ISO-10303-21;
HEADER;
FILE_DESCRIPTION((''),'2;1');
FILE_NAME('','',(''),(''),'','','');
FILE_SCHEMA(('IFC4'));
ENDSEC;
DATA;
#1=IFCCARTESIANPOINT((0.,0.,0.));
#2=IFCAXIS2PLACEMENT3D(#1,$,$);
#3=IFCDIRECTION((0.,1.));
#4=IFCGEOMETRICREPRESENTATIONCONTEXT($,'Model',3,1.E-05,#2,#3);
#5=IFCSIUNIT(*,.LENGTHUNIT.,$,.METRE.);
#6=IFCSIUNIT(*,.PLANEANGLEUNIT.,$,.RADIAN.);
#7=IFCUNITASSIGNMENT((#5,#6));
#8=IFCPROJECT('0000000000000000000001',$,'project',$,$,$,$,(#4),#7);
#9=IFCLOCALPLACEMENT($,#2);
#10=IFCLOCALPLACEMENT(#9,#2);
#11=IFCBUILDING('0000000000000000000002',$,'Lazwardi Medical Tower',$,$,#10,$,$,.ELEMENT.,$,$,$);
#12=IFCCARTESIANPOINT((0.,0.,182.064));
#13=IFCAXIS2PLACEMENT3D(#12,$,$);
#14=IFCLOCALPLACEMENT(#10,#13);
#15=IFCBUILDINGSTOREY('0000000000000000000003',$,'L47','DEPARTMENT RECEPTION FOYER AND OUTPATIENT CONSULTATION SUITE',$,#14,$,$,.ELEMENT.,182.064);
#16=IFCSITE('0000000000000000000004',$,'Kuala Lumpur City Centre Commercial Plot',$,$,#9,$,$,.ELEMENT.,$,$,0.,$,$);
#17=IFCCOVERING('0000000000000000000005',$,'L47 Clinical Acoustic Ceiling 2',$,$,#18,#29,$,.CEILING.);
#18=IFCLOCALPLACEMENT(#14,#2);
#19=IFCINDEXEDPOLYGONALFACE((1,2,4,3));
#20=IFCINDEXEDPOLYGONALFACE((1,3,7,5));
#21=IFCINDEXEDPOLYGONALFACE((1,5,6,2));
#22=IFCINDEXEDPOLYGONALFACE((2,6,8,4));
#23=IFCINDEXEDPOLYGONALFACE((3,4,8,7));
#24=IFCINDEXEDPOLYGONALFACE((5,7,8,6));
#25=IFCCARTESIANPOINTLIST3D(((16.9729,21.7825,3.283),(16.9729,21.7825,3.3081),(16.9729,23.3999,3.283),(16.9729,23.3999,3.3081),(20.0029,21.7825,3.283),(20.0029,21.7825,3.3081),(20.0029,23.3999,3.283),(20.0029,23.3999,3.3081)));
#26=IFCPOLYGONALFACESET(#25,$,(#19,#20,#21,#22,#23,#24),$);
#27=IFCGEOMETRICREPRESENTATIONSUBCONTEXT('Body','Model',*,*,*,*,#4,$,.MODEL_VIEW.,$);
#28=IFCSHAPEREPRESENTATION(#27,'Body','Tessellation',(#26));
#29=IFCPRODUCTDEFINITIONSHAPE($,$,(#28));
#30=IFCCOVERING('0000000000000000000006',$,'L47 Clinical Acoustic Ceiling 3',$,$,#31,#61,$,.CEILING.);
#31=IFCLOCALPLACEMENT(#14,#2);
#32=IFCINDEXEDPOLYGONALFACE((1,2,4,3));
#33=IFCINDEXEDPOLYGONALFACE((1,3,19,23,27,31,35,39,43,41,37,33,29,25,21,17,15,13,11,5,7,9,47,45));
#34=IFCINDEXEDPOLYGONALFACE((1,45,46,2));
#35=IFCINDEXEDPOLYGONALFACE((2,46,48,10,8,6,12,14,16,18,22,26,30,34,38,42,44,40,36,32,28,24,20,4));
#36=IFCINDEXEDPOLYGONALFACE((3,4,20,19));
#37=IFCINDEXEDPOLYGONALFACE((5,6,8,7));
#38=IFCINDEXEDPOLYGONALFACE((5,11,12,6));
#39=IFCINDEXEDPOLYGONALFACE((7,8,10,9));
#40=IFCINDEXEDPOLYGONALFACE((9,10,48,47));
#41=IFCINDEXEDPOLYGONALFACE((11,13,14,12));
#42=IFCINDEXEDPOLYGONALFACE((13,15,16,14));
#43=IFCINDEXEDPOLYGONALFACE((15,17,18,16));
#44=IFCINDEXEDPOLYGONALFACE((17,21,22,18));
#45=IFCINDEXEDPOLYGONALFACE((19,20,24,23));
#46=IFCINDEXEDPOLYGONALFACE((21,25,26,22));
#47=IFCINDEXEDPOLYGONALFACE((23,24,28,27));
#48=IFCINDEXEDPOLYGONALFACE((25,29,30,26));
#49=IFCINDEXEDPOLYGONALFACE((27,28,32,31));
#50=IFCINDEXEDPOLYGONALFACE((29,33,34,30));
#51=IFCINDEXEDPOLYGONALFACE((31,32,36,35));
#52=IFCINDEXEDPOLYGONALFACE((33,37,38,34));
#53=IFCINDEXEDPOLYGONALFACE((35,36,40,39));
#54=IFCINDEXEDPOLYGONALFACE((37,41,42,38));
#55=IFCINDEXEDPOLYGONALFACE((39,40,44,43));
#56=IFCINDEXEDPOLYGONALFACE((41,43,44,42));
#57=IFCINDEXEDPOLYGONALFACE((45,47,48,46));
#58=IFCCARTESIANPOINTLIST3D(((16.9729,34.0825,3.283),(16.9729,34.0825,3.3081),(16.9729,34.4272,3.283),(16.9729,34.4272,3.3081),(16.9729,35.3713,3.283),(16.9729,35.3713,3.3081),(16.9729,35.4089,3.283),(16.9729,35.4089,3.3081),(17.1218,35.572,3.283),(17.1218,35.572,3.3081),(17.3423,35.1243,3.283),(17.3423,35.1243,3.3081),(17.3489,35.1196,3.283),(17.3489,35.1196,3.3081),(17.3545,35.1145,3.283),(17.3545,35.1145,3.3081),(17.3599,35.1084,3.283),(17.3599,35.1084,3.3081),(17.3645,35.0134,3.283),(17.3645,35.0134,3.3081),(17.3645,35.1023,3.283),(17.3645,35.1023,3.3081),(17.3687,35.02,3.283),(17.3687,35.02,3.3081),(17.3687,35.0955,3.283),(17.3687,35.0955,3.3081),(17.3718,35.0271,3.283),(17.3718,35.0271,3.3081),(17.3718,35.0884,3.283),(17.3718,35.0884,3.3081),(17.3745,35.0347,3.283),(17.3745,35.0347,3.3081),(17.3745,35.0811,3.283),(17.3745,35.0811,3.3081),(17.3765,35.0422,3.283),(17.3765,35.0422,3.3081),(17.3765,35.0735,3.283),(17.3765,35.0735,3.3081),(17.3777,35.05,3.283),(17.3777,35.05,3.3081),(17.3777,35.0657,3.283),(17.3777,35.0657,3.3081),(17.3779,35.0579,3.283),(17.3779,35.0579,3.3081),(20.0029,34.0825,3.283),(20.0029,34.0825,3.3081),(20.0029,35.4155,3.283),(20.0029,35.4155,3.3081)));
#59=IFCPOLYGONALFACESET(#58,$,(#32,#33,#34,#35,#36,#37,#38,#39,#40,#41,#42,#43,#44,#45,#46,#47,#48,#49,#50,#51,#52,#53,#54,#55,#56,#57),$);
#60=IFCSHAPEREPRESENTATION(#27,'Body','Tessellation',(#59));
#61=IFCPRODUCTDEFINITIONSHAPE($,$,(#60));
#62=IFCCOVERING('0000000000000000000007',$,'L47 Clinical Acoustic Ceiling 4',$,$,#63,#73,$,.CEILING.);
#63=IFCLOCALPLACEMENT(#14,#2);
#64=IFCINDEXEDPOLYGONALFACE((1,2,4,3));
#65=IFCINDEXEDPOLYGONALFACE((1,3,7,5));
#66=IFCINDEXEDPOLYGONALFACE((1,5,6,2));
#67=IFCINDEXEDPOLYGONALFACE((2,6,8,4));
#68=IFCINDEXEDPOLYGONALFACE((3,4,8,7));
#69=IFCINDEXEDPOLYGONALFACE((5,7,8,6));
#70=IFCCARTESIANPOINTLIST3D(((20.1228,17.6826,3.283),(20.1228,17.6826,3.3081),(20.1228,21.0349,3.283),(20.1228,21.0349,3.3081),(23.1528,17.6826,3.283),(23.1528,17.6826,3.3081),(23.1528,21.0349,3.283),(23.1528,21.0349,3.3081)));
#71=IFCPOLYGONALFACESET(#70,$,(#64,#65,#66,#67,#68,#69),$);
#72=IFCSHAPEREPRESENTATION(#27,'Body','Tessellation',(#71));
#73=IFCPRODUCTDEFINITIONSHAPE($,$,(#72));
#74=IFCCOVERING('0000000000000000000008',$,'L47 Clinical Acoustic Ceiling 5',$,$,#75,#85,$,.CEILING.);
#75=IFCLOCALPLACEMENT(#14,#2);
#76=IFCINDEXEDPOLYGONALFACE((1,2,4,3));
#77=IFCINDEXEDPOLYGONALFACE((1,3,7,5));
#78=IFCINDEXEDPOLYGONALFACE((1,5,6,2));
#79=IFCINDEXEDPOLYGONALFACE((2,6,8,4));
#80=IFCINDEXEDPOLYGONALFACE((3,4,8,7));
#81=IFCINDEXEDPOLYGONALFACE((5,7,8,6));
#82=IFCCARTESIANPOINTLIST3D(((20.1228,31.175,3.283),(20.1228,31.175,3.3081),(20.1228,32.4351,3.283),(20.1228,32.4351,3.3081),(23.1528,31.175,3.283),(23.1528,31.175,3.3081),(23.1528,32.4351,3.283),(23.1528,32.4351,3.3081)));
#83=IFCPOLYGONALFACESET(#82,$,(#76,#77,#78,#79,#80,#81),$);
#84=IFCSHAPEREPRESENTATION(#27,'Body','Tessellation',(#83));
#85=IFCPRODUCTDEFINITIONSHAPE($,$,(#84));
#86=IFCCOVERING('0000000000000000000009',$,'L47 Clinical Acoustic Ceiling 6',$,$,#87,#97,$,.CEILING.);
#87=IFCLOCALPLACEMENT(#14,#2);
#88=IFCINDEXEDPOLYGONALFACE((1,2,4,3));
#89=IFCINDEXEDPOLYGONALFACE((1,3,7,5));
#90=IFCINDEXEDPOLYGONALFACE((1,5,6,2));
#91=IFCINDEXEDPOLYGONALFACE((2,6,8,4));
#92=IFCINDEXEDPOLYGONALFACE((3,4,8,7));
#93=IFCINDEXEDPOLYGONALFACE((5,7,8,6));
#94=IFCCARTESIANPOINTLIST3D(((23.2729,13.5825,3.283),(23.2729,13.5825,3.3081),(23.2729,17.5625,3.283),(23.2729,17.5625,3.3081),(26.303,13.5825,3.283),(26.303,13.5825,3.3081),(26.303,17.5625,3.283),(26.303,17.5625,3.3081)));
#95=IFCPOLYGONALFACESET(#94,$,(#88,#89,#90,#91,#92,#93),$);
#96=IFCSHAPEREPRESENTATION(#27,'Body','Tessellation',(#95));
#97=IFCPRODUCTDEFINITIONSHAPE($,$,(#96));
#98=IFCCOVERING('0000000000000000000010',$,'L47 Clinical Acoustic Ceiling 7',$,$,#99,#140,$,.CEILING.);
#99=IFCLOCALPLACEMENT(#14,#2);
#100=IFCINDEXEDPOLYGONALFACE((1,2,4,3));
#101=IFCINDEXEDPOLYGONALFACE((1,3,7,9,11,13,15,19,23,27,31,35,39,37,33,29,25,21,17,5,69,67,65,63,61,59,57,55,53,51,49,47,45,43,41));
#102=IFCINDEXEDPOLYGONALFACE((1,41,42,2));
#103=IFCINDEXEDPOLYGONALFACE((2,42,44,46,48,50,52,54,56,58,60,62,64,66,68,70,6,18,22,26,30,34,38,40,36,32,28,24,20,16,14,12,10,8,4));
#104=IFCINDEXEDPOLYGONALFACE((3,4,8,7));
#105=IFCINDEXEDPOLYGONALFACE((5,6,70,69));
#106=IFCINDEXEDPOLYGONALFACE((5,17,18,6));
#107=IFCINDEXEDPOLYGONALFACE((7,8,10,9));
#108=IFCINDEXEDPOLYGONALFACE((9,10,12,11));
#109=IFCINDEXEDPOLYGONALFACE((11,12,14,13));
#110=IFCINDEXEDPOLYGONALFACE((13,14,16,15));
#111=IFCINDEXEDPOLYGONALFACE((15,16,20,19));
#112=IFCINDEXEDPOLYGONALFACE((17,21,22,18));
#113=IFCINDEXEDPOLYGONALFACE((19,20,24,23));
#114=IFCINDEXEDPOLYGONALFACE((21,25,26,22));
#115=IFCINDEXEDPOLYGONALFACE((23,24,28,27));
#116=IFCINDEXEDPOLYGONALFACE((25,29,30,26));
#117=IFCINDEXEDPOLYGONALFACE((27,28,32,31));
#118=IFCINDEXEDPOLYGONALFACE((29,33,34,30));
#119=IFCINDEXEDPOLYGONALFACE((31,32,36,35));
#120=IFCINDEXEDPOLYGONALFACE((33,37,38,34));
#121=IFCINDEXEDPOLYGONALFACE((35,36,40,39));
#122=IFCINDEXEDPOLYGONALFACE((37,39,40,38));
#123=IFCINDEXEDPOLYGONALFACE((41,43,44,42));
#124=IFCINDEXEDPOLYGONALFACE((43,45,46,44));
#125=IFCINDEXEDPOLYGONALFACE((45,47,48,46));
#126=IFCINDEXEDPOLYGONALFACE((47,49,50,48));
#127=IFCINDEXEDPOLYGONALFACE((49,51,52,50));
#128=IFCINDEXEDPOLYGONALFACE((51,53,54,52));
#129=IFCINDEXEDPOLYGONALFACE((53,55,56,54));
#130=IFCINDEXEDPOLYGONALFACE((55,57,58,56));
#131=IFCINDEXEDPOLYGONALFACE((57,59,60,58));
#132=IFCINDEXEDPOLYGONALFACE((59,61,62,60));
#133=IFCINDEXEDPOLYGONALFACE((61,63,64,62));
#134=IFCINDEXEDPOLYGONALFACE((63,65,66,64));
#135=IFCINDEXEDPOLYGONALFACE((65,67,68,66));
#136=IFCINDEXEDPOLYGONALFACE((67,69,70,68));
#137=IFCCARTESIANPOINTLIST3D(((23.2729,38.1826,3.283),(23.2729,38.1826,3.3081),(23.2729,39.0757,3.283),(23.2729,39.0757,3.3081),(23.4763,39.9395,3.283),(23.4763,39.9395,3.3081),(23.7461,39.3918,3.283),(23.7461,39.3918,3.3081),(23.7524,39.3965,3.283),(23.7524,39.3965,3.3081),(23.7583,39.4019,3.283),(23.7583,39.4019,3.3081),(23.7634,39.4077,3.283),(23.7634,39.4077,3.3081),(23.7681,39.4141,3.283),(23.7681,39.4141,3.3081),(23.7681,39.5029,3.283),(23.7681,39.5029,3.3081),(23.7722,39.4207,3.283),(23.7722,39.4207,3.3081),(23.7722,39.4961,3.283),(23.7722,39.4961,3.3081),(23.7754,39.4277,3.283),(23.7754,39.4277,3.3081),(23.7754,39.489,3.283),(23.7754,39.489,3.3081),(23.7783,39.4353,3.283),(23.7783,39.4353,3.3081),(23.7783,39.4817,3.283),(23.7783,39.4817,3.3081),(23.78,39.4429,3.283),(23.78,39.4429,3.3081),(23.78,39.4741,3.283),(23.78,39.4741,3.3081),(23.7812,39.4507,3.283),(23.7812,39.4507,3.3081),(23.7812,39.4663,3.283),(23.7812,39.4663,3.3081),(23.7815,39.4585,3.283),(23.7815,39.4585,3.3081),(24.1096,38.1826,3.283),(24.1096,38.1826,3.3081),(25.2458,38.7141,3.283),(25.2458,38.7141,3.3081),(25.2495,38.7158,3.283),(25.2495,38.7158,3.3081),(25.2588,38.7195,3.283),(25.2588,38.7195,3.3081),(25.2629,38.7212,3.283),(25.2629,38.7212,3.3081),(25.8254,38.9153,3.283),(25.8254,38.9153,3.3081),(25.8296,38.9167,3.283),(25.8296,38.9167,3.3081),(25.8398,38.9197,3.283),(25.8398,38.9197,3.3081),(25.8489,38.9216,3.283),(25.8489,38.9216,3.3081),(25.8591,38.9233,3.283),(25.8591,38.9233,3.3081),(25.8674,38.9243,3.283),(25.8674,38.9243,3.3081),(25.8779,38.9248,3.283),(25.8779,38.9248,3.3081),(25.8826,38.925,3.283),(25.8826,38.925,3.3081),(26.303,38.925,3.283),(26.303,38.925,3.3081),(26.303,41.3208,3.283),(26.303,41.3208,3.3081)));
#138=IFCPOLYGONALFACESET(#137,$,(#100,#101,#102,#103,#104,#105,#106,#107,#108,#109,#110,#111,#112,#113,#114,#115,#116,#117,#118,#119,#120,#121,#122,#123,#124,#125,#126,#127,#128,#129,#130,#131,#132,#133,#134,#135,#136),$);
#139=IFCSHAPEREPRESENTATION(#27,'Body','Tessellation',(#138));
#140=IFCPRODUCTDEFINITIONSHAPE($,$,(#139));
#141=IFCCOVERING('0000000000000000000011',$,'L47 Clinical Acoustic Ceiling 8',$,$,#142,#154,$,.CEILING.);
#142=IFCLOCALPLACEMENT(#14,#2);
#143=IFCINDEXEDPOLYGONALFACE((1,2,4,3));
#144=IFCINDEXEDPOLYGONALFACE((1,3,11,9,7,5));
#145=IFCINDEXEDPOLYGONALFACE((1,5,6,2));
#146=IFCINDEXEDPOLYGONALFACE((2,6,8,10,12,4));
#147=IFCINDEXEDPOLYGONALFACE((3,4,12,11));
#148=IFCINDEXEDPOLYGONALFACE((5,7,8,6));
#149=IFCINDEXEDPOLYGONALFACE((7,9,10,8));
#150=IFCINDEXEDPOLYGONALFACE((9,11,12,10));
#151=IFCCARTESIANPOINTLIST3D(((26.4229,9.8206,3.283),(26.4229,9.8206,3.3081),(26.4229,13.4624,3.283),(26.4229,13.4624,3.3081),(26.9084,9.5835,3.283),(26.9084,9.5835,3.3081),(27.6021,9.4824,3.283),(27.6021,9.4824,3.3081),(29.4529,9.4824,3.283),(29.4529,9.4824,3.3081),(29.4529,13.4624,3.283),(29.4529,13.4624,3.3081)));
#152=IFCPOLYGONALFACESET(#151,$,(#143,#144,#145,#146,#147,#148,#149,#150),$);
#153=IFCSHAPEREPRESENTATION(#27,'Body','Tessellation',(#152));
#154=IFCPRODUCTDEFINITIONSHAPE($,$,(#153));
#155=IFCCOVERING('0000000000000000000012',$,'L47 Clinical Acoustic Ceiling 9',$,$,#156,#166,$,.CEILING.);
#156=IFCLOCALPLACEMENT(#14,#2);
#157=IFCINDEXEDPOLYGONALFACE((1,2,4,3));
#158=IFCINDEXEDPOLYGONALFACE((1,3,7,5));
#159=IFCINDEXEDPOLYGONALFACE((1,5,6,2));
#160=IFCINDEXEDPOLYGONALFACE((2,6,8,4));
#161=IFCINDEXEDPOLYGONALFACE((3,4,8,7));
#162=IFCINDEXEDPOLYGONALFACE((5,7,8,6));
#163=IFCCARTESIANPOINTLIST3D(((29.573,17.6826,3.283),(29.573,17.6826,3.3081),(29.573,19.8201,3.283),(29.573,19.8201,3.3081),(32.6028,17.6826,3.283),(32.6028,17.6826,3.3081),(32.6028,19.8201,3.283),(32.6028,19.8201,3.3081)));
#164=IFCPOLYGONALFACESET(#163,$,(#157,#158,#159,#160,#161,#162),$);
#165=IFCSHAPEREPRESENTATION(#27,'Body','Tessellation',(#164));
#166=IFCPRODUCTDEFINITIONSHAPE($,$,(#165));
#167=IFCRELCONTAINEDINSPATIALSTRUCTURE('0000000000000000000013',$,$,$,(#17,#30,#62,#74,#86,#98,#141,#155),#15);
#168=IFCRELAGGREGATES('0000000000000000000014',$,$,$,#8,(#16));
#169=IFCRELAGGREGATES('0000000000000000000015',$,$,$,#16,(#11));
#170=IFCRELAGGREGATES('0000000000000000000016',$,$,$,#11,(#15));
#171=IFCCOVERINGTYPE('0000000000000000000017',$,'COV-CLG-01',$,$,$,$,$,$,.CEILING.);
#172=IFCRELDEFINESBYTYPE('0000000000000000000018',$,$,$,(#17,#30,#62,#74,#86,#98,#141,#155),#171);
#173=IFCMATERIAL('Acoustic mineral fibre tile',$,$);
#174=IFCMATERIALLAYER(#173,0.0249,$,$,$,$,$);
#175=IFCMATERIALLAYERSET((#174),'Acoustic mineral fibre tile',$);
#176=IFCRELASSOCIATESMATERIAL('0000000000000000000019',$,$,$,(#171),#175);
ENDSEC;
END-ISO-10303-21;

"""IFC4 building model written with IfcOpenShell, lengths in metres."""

from ifc_helpers import new_model, si_unit, direction, frame, origin, place, context, subcontext, project, spatial, polyline, outline, extrude, material, layer, layer_set, type_object, element, save


model = new_model("IFC4")

# Units and contexts
model_context = context("Model", 3, precision=1e-05, world=origin(), true_north=direction((0.0, 1.0)))
body_context = subcontext(model_context, "Body", "Model", "MODEL_VIEW")
ifc_project = project(units=[si_unit("LENGTHUNIT", "METRE"), si_unit("PLANEANGLEUNIT", "RADIAN")], contexts=[model_context])

# Site, building, storey
site_placement = place(None, origin())
site = spatial("IfcSite", under=ifc_project, at=site_placement, Name="Kuala Lumpur City Centre Commercial Plot", CompositionType="ELEMENT", RefElevation=0.0)
building_placement = place(site_placement, origin())
building = spatial("IfcBuilding", under=site, at=building_placement, Name="Lazwardi Medical Tower", CompositionType="ELEMENT")
storey_placement = place(building_placement, frame((0.0, 0.0, 182.064)))
storey = spatial("IfcBuildingStorey", under=building, at=storey_placement, Name="L47", Description="DEPARTMENT RECEPTION FOYER AND OUTPATIENT CONSULTATION SUITE", CompositionType="ELEMENT", Elevation=182.064)

# Coverings
ifc_material_1 = material(Name="Acoustic mineral fibre tile")
ifc_layer_1 = layer(ifc_material_1, 0.0249)
ifc_layer_set_1 = layer_set([ifc_layer_1], Name="Acoustic mineral fibre tile")
covering_type_1 = type_object("IfcCoveringType", Name="COV-CLG-01", PredefinedType="CEILING", material=ifc_layer_set_1)
covering_1_placement = place(storey_placement, frame((0.0, 0.0, 3.283)))
element("IfcCovering", 1, at=covering_1_placement, inside=storey, type_object=covering_type_1, Name="L47 Clinical Acoustic Ceiling 2", PredefinedType="CEILING", context=body_context, shape_type="SweptSolid", body=[
    extrude(outline(polyline([(20.0029, 23.3999), (16.9729, 23.3999), (16.9729, 21.7825), (20.0029, 21.7825), (20.0029, 23.3999)])), origin(), (0.0, 0.0, 1.0), 0.0251),
])
covering_2_placement = place(storey_placement, frame((0.0, 0.0, 3.283)))
element("IfcCovering", 2, at=covering_2_placement, inside=storey, type_object=covering_type_1, Name="L47 Clinical Acoustic Ceiling 3", PredefinedType="CEILING", context=body_context, shape_type="SweptSolid", body=[
    extrude(outline(polyline([(20.0029, 35.4155), (17.1218, 35.572), (16.9729, 35.4089), (16.9729, 35.3713), (17.3423, 35.1243), (17.3489, 35.1196), (17.3545, 35.1145), (17.3599, 35.1084), (17.3645, 35.1023), (17.3687, 35.0955), (17.3718, 35.0884), (17.3745, 35.0811), (17.3765, 35.0735), (17.3777, 35.0657), (17.3779, 35.0579), (17.3777, 35.05), (17.3765, 35.0422), (17.3745, 35.0347), (17.3718, 35.0271), (17.3687, 35.02), (17.3645, 35.0134), (16.9729, 34.4272), (16.9729, 34.0825), (20.0029, 34.0825), (20.0029, 35.4155)])), origin(), (0.0, 0.0, 1.0), 0.0251),
])
covering_3_placement = place(storey_placement, frame((0.0, 0.0, 3.283)))
element("IfcCovering", 3, at=covering_3_placement, inside=storey, type_object=covering_type_1, Name="L47 Clinical Acoustic Ceiling 4", PredefinedType="CEILING", context=body_context, shape_type="SweptSolid", body=[
    extrude(outline(polyline([(23.1528, 21.0349), (20.1228, 21.0349), (20.1228, 17.6826), (23.1528, 17.6826), (23.1528, 21.0349)])), origin(), (0.0, 0.0, 1.0), 0.0251),
])
covering_4_placement = place(storey_placement, frame((0.0, 0.0, 3.283)))
element("IfcCovering", 4, at=covering_4_placement, inside=storey, type_object=covering_type_1, Name="L47 Clinical Acoustic Ceiling 5", PredefinedType="CEILING", context=body_context, shape_type="SweptSolid", body=[
    extrude(outline(polyline([(23.1528, 32.4351), (20.1228, 32.4351), (20.1228, 31.175), (23.1528, 31.175), (23.1528, 32.4351)])), origin(), (0.0, 0.0, 1.0), 0.0251),
])
covering_5_placement = place(storey_placement, frame((0.0, 0.0, 3.283)))
element("IfcCovering", 5, at=covering_5_placement, inside=storey, type_object=covering_type_1, Name="L47 Clinical Acoustic Ceiling 6", PredefinedType="CEILING", context=body_context, shape_type="SweptSolid", body=[
    extrude(outline(polyline([(26.303, 13.5825), (26.303, 17.5625), (23.2729, 17.5625), (23.2729, 13.5825), (26.303, 13.5825)])), origin(), (0.0, 0.0, 1.0), 0.0251),
])
covering_6_placement = place(storey_placement, frame((0.0, 0.0, 3.283)))
element("IfcCovering", 6, at=covering_6_placement, inside=storey, type_object=covering_type_1, Name="L47 Clinical Acoustic Ceiling 7", PredefinedType="CEILING", context=body_context, shape_type="SweptSolid", body=[
    extrude(outline(polyline([(26.303, 41.3208), (23.4763, 39.9395), (23.7681, 39.5029), (23.7722, 39.4961), (23.7754, 39.489), (23.7783, 39.4817), (23.78, 39.4741), (23.7812, 39.4663), (23.7815, 39.4585), (23.7812, 39.4507), (23.78, 39.4429), (23.7783, 39.4353), (23.7754, 39.4277), (23.7722, 39.4207), (23.7681, 39.4141), (23.7634, 39.4077), (23.7583, 39.4019), (23.7524, 39.3965), (23.7461, 39.3918), (23.2729, 39.0757), (23.2729, 38.1826), (24.1096, 38.1826), (25.2458, 38.7141), (25.2495, 38.7158), (25.2588, 38.7195), (25.2629, 38.7212), (25.8254, 38.9153), (25.8296, 38.9167), (25.8398, 38.9197), (25.8489, 38.9216), (25.8591, 38.9233), (25.8674, 38.9243), (25.8779, 38.9248), (25.8826, 38.925), (26.303, 38.925), (26.303, 41.3208)])), origin(), (0.0, 0.0, 1.0), 0.0251),
])
covering_7_placement = place(storey_placement, frame((0.0, 0.0, 3.283)))
element("IfcCovering", 7, at=covering_7_placement, inside=storey, type_object=covering_type_1, Name="L47 Clinical Acoustic Ceiling 8", PredefinedType="CEILING", context=body_context, shape_type="SweptSolid", body=[
    extrude(outline(polyline([(26.4229, 9.8206), (26.9084, 9.5835), (27.6021, 9.4824), (29.4529, 9.4824), (29.4529, 13.4624), (26.4229, 13.4624), (26.4229, 9.8206)])), origin(), (0.0, 0.0, 1.0), 0.0251),
])
covering_8_placement = place(storey_placement, frame((0.0, 0.0, 3.283)))
element("IfcCovering", 8, at=covering_8_placement, inside=storey, type_object=covering_type_1, Name="L47 Clinical Acoustic Ceiling 9", PredefinedType="CEILING", context=body_context, shape_type="SweptSolid", body=[
    extrude(outline(polyline([(32.6028, 19.8201), (29.573, 19.8201), (29.573, 17.6826), (32.6028, 17.6826), (32.6028, 19.8201)])), origin(), (0.0, 0.0, 1.0), 0.0251),
])

save(model, "model.ifc")
